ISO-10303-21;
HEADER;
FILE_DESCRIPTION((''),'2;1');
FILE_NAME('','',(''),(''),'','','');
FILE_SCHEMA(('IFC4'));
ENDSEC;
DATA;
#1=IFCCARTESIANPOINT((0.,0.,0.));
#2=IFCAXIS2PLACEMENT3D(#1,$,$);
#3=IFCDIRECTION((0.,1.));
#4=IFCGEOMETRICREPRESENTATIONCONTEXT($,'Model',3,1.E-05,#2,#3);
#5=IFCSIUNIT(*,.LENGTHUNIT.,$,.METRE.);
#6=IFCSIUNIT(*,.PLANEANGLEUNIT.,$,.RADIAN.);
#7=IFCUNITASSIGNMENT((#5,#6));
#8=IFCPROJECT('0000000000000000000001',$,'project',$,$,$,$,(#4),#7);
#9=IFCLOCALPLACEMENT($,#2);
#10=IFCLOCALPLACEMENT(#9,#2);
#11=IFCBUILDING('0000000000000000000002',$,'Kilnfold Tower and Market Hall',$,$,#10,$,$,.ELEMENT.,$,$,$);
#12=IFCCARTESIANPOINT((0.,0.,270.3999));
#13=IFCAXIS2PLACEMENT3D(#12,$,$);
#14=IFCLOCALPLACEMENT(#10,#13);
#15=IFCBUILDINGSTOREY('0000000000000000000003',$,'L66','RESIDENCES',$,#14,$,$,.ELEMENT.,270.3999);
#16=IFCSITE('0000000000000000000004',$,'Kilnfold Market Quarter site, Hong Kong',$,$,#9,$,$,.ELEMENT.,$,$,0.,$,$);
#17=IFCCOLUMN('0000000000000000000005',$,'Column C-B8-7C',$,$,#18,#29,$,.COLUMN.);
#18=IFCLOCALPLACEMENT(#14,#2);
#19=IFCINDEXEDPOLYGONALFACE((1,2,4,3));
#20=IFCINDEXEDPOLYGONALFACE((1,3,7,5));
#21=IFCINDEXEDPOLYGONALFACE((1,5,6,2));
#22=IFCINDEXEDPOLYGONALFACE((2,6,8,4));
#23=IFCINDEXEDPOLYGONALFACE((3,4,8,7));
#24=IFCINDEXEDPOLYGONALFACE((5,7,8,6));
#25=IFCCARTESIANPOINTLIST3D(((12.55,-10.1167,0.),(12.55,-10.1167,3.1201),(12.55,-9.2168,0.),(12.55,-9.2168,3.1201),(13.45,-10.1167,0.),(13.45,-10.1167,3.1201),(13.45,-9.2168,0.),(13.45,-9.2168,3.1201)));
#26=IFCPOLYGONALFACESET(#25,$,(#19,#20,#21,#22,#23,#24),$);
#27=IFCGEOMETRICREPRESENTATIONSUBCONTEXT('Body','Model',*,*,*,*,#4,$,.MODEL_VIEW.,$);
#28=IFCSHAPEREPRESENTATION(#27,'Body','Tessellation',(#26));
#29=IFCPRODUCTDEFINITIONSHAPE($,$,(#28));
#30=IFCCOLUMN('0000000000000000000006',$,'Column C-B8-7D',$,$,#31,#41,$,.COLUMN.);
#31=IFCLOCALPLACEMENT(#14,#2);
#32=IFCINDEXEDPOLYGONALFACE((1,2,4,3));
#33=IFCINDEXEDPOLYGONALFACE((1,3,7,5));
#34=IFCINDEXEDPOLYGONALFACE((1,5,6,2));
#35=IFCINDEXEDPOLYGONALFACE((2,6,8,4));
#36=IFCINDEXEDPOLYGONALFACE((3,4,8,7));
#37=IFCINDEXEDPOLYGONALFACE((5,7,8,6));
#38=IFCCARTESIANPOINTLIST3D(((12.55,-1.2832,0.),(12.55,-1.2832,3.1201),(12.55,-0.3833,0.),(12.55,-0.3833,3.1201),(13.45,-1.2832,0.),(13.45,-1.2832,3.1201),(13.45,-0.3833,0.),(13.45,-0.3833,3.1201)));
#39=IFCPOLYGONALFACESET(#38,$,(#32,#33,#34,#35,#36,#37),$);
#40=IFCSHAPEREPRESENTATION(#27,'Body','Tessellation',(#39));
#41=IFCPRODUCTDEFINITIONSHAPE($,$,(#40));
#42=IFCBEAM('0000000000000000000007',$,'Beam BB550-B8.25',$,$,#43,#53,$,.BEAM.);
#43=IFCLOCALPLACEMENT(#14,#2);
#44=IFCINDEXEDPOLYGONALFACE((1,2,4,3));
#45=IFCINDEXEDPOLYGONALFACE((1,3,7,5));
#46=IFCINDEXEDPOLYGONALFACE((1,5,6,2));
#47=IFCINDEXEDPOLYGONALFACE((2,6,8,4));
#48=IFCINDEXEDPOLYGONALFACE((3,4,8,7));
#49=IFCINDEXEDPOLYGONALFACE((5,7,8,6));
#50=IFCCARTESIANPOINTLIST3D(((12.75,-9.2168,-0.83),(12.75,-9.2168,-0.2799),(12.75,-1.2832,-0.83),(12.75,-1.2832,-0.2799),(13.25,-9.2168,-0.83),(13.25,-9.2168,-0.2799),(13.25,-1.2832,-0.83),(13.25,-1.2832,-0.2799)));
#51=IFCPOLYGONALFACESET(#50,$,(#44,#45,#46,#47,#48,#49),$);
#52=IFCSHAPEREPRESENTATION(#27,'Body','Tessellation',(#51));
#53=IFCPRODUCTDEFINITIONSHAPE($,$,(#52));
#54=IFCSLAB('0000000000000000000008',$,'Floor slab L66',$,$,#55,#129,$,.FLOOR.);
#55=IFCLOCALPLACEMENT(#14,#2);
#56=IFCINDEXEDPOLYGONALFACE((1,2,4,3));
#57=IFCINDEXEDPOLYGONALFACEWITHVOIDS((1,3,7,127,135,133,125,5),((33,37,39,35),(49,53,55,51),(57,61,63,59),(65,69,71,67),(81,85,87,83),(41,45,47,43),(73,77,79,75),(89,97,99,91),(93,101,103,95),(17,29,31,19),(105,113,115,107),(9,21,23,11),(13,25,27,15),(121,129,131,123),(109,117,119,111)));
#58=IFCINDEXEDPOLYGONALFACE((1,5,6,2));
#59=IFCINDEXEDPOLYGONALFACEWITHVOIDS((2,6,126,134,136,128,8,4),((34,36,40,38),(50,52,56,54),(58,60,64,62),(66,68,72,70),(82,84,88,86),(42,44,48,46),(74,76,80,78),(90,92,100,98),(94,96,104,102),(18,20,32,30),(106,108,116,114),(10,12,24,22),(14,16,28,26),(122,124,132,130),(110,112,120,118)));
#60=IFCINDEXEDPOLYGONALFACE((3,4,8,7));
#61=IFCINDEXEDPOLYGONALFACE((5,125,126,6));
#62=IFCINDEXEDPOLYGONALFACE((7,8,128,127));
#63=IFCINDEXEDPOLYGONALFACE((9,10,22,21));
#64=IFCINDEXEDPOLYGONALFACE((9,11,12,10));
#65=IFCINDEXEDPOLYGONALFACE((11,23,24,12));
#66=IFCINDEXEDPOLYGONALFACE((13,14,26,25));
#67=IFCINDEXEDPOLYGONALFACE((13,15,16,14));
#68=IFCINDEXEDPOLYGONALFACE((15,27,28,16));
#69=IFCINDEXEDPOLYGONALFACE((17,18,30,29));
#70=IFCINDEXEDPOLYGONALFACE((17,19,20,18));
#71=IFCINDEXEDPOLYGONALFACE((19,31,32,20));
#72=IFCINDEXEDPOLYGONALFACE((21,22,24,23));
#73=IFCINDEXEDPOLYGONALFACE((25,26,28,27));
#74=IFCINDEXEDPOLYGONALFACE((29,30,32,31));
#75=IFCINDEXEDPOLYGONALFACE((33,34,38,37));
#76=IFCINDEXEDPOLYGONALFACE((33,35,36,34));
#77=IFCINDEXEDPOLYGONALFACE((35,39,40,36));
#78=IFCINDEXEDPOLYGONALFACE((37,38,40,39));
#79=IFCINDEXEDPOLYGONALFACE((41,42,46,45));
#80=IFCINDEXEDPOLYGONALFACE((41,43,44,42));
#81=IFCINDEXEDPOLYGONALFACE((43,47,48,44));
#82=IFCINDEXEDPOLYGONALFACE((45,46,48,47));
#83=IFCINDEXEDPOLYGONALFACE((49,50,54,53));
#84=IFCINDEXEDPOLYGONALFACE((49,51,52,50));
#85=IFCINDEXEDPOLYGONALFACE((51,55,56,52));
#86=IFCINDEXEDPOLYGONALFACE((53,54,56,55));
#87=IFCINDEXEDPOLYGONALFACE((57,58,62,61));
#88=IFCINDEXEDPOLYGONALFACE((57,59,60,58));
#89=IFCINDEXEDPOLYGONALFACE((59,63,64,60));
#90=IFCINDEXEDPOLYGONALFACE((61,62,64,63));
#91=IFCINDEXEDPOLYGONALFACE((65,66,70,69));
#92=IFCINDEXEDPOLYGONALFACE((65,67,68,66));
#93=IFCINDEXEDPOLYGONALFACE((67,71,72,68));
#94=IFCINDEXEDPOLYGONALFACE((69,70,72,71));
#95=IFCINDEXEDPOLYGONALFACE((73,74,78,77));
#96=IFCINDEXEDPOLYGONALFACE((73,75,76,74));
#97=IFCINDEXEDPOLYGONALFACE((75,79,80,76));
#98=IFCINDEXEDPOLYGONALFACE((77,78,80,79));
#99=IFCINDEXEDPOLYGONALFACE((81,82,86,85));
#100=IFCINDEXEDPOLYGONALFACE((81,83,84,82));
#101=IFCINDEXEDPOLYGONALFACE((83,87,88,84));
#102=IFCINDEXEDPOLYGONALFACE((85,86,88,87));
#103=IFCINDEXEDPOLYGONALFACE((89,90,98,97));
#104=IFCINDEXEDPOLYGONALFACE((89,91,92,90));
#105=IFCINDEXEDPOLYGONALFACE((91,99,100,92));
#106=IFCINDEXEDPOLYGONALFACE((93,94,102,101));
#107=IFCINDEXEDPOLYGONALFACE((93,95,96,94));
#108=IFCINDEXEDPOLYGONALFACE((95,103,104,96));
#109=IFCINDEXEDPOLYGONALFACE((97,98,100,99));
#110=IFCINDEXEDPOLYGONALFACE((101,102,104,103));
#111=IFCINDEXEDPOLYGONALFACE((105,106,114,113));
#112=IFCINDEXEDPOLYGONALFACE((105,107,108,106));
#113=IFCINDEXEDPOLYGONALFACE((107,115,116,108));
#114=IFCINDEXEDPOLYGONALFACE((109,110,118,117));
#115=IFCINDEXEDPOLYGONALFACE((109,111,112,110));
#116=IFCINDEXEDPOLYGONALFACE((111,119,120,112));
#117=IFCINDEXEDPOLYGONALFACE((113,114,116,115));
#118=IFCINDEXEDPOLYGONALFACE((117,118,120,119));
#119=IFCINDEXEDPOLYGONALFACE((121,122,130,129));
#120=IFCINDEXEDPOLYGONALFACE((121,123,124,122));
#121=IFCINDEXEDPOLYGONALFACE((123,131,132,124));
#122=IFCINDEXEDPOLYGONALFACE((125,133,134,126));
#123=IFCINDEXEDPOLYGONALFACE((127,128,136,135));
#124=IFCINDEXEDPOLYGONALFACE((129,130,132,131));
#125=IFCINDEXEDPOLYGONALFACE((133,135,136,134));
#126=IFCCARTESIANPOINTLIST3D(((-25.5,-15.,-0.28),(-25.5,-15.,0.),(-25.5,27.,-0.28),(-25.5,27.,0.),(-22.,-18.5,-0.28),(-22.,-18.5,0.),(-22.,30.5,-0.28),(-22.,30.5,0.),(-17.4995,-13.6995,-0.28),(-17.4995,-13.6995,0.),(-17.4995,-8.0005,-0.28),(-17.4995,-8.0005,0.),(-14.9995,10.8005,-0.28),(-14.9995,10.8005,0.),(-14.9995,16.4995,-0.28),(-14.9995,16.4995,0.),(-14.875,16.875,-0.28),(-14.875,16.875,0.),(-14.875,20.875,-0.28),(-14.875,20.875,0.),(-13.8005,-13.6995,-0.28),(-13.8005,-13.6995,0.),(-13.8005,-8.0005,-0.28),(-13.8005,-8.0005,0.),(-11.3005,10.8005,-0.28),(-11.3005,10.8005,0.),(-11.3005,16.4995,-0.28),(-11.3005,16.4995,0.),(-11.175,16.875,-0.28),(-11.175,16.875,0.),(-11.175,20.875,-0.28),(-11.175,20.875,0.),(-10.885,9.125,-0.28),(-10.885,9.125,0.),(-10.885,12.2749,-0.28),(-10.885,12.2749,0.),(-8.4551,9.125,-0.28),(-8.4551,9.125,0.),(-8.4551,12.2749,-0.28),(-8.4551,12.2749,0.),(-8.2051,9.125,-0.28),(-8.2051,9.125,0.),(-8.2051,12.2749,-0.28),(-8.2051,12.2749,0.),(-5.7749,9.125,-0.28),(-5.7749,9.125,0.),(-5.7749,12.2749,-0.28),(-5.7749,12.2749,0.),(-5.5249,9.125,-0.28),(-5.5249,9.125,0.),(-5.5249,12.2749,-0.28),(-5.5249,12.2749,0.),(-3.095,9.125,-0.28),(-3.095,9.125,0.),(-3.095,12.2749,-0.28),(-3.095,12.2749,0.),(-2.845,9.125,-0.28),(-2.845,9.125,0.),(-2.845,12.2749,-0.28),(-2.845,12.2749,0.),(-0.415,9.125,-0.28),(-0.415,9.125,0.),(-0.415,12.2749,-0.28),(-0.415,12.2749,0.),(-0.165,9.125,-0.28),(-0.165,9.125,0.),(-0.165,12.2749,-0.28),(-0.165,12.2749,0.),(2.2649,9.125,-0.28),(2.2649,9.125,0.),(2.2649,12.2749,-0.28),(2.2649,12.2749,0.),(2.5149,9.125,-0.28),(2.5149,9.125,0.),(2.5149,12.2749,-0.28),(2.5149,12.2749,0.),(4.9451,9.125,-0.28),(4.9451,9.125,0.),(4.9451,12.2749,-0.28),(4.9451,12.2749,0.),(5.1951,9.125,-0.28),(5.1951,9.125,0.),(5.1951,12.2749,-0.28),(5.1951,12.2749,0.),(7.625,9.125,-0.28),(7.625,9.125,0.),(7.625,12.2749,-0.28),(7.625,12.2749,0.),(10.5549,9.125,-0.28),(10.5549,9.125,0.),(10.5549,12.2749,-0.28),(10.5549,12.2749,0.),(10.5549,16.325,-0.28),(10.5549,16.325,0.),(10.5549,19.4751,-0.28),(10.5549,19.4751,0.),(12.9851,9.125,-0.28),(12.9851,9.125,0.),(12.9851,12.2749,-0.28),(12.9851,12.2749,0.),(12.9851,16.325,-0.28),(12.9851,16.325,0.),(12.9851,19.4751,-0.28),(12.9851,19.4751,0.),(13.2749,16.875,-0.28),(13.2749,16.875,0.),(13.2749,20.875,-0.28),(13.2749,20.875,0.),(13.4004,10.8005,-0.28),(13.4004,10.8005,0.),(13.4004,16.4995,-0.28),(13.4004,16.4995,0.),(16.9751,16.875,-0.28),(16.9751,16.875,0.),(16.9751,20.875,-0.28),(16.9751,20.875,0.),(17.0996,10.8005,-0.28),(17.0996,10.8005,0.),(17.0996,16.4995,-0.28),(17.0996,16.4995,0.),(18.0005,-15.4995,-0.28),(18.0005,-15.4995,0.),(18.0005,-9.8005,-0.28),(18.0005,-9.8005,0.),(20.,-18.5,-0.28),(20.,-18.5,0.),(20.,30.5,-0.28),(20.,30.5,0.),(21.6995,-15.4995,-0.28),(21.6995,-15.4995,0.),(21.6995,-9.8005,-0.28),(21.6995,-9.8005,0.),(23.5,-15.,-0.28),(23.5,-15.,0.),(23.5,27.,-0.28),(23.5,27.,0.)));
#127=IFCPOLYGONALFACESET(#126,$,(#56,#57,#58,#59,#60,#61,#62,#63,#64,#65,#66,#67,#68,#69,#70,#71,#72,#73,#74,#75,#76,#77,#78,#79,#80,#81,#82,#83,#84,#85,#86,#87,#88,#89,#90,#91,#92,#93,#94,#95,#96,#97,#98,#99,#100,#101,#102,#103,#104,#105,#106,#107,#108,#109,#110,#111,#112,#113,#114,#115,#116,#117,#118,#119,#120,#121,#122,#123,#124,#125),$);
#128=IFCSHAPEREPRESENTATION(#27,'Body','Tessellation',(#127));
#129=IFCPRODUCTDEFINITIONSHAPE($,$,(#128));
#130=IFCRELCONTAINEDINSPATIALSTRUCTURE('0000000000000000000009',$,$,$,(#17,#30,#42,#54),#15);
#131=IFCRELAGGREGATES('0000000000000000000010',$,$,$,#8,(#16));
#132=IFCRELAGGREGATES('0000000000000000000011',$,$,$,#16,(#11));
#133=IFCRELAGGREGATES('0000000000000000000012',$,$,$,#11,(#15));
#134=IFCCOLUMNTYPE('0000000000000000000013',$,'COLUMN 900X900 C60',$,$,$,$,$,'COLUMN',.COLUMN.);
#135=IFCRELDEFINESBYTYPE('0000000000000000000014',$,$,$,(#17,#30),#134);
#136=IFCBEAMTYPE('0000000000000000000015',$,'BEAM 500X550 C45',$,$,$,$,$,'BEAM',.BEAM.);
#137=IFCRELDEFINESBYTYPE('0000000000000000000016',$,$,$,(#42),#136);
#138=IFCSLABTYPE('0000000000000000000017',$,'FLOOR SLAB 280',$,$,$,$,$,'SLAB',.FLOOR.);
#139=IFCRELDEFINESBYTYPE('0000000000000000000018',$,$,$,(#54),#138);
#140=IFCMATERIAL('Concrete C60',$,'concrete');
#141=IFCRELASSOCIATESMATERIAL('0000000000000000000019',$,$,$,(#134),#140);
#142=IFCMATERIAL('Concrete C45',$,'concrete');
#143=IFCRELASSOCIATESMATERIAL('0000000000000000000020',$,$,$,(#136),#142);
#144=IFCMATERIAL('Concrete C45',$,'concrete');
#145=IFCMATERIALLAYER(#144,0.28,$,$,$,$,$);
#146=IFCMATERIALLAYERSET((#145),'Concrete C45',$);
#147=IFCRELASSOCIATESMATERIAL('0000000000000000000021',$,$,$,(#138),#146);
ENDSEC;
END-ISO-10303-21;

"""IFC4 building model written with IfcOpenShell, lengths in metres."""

from ifc_helpers import new_model, si_unit, direction, frame, origin, origin_2d, place, context, subcontext, project, spatial, polyline, rectangle, outline, extrude, source, transform, mapped, material, layer, layer_set, material_profile, profile_set, type_object, element, save


model = new_model("IFC4")

# Units and contexts
model_context = context("Model", 3, precision=1e-05, world=origin(), true_north=direction((0.0, 1.0)))
body_context = subcontext(model_context, "Body", "Model", "MODEL_VIEW")
ifc_project = project(units=[si_unit("LENGTHUNIT", "METRE"), si_unit("PLANEANGLEUNIT", "RADIAN")], contexts=[model_context])

# Site, building, storey
site_placement = place(None, origin())
site = spatial("IfcSite", under=ifc_project, at=site_placement, Name="Kilnfold Market Quarter site, Hong Kong", CompositionType="ELEMENT", RefElevation=0.0)
building_placement = place(site_placement, origin())
building = spatial("IfcBuilding", under=site, at=building_placement, Name="Kilnfold Tower and Market Hall", CompositionType="ELEMENT")
storey_placement = place(building_placement, frame((0.0, 0.0, 270.3999)))
storey = spatial("IfcBuildingStorey", under=building, at=storey_placement, Name="L66", Description="RESIDENCES", CompositionType="ELEMENT", Elevation=270.3999)

# Columns
ifc_material_1 = material(Name="Concrete C60", Category="concrete")
ifc_material_profile_1 = material_profile(ifc_material_1, rectangle(XDim=0.8999, YDim=0.8999, at=origin_2d()), Name="RC 900x900")
ifc_profile_set_1 = profile_set([ifc_material_profile_1], Name="Concrete C60")
column_type = type_object("IfcColumnType", Name="COLUMN 900X900 C60", ElementType="COLUMN", PredefinedType="COLUMN", material=ifc_profile_set_1)
shared_shape_1 = source(origin(), body_context, "Body", "SweptSolid", [
    extrude(rectangle(XDim=0.8999, YDim=0.8999, at=origin_2d()), origin(), (0.0, 0.0, 1.0), 3.1201),
])
for number, where, z_axis, x_axis, name in (
    (1, (13.0, -9.6667, 0.0), (0.0, 0.0, 1.0), (1.0, 0.0, 0.0), "Column C-B8-7C"),
    (2, (13.0, -0.8333, 0.0), (0.0, 0.0, 1.0), (1.0, 0.0, 0.0), "Column C-B8-7D"),
):
    element("IfcColumn", number, at=place(storey_placement, frame(where, z_axis=z_axis, x_axis=x_axis)), inside=storey, type_object=column_type, Name=name, PredefinedType="COLUMN", context=body_context, shape_type="MappedRepresentation", body=[
        mapped(shared_shape_1, transform((0.0, 0.0, 0.0))),
    ])

# Beam
ifc_material_2 = material(Name="Concrete C45", Category="concrete")
ifc_material_profile_2 = material_profile(ifc_material_2, rectangle(XDim=0.5, YDim=0.55, at=origin_2d()), Name="RC 500x550")
ifc_profile_set_2 = profile_set([ifc_material_profile_2], Name="Concrete C45")
beam_type = type_object("IfcBeamType", Name="BEAM 500X550 C45", ElementType="BEAM", PredefinedType="BEAM", material=ifc_profile_set_2)
shared_shape_2 = source(origin(), body_context, "Body", "SweptSolid", [
    extrude(rectangle(XDim=0.5, YDim=0.55, at=origin_2d()), origin(), (0.0, 0.0, 1.0), 7.9336),
])
beam_placement = place(storey_placement, frame((13.0, -9.2168, -0.5549), z_axis=(0.0, 1.0, 0.0), x_axis=(-1.0, 0.0, 0.0)))
element("IfcBeam", 3, at=beam_placement, inside=storey, type_object=beam_type, Name="Beam BB550-B8.25", PredefinedType="BEAM", context=body_context, shape_type="MappedRepresentation", body=[
    mapped(shared_shape_2, transform((0.0, 0.0, 0.0))),
])

# Slab
ifc_material_3 = material(Name="Concrete C45", Category="concrete")
ifc_layer_1 = layer(ifc_material_3, 0.28)
ifc_layer_set_1 = layer_set([ifc_layer_1], Name="Concrete C45")
slab_type_1 = type_object("IfcSlabType", Name="FLOOR SLAB 280", ElementType="SLAB", PredefinedType="FLOOR", material=ifc_layer_set_1)
shared_shape_3 = source(origin(), body_context, "Body", "SweptSolid", [
    extrude(outline(polyline([(-22.0, -18.5), (20.0, -18.5), (23.5, -15.0), (23.5, 27.0), (20.0, 30.5), (-22.0, 30.5), (-25.5, 27.0), (-25.5, -15.0), (-22.0, -18.5)]), holes=[polyline([(-13.8005, -8.0005), (-13.8005, -13.6995), (-17.4995, -13.6995), (-17.4995, -8.0005), (-13.8005, -8.0005)]), polyline([(-11.3005, 10.8005), (-14.9995, 10.8005), (-14.9995, 16.4995), (-11.3005, 16.4995), (-11.3005, 10.8005)]), polyline([(-11.175, 16.875), (-14.875, 16.875), (-14.875, 20.875), (-11.175, 20.875), (-11.175, 16.875)]), polyline([(-8.4551, 9.125), (-10.885, 9.125), (-10.885, 12.2749), (-8.4551, 12.2749), (-8.4551, 9.125)]), polyline([(-5.7749, 9.125), (-8.2051, 9.125), (-8.2051, 12.2749), (-5.7749, 12.2749), (-5.7749, 9.125)]), polyline([(-3.095, 9.125), (-5.5249, 9.125), (-5.5249, 12.2749), (-3.095, 12.2749), (-3.095, 9.125)]), polyline([(-0.415, 9.125), (-2.845, 9.125), (-2.845, 12.2749), (-0.415, 12.2749), (-0.415, 9.125)]), polyline([(2.2649, 9.125), (-0.165, 9.125), (-0.165, 12.2749), (2.2649, 12.2749), (2.2649, 9.125)]), polyline([(4.9451, 9.125), (2.5149, 9.125), (2.5149, 12.2749), (4.9451, 12.2749), (4.9451, 9.125)]), polyline([(7.625, 9.125), (5.1951, 9.125), (5.1951, 12.2749), (7.625, 12.2749), (7.625, 9.125)]), polyline([(12.9851, 9.125), (10.5549, 9.125), (10.5549, 12.2749), (12.9851, 12.2749), (12.9851, 9.125)]), polyline([(12.9851, 16.325), (10.5549, 16.325), (10.5549, 19.4751), (12.9851, 19.4751), (12.9851, 16.325)]), polyline([(16.9751, 16.875), (13.2749, 16.875), (13.2749, 20.875), (16.9751, 20.875), (16.9751, 16.875)]), polyline([(17.0996, 10.8005), (13.4004, 10.8005), (13.4004, 16.4995), (17.0996, 16.4995), (17.0996, 10.8005)]), polyline([(18.0005, -9.8005), (21.6995, -9.8005), (21.6995, -15.4995), (18.0005, -15.4995), (18.0005, -9.8005)])]), origin(), (0.0, 0.0, 1.0), 0.28),
])
slab_1_placement = place(storey_placement, frame((0.0, 0.0, -0.28)))
element("IfcSlab", 4, at=slab_1_placement, inside=storey, type_object=slab_type_1, Name="Floor slab L66", PredefinedType="FLOOR", context=body_context, shape_type="MappedRepresentation", body=[
    mapped(shared_shape_3, transform((0.0, 0.0, 0.0))),
])

save(model, "model.ifc")
